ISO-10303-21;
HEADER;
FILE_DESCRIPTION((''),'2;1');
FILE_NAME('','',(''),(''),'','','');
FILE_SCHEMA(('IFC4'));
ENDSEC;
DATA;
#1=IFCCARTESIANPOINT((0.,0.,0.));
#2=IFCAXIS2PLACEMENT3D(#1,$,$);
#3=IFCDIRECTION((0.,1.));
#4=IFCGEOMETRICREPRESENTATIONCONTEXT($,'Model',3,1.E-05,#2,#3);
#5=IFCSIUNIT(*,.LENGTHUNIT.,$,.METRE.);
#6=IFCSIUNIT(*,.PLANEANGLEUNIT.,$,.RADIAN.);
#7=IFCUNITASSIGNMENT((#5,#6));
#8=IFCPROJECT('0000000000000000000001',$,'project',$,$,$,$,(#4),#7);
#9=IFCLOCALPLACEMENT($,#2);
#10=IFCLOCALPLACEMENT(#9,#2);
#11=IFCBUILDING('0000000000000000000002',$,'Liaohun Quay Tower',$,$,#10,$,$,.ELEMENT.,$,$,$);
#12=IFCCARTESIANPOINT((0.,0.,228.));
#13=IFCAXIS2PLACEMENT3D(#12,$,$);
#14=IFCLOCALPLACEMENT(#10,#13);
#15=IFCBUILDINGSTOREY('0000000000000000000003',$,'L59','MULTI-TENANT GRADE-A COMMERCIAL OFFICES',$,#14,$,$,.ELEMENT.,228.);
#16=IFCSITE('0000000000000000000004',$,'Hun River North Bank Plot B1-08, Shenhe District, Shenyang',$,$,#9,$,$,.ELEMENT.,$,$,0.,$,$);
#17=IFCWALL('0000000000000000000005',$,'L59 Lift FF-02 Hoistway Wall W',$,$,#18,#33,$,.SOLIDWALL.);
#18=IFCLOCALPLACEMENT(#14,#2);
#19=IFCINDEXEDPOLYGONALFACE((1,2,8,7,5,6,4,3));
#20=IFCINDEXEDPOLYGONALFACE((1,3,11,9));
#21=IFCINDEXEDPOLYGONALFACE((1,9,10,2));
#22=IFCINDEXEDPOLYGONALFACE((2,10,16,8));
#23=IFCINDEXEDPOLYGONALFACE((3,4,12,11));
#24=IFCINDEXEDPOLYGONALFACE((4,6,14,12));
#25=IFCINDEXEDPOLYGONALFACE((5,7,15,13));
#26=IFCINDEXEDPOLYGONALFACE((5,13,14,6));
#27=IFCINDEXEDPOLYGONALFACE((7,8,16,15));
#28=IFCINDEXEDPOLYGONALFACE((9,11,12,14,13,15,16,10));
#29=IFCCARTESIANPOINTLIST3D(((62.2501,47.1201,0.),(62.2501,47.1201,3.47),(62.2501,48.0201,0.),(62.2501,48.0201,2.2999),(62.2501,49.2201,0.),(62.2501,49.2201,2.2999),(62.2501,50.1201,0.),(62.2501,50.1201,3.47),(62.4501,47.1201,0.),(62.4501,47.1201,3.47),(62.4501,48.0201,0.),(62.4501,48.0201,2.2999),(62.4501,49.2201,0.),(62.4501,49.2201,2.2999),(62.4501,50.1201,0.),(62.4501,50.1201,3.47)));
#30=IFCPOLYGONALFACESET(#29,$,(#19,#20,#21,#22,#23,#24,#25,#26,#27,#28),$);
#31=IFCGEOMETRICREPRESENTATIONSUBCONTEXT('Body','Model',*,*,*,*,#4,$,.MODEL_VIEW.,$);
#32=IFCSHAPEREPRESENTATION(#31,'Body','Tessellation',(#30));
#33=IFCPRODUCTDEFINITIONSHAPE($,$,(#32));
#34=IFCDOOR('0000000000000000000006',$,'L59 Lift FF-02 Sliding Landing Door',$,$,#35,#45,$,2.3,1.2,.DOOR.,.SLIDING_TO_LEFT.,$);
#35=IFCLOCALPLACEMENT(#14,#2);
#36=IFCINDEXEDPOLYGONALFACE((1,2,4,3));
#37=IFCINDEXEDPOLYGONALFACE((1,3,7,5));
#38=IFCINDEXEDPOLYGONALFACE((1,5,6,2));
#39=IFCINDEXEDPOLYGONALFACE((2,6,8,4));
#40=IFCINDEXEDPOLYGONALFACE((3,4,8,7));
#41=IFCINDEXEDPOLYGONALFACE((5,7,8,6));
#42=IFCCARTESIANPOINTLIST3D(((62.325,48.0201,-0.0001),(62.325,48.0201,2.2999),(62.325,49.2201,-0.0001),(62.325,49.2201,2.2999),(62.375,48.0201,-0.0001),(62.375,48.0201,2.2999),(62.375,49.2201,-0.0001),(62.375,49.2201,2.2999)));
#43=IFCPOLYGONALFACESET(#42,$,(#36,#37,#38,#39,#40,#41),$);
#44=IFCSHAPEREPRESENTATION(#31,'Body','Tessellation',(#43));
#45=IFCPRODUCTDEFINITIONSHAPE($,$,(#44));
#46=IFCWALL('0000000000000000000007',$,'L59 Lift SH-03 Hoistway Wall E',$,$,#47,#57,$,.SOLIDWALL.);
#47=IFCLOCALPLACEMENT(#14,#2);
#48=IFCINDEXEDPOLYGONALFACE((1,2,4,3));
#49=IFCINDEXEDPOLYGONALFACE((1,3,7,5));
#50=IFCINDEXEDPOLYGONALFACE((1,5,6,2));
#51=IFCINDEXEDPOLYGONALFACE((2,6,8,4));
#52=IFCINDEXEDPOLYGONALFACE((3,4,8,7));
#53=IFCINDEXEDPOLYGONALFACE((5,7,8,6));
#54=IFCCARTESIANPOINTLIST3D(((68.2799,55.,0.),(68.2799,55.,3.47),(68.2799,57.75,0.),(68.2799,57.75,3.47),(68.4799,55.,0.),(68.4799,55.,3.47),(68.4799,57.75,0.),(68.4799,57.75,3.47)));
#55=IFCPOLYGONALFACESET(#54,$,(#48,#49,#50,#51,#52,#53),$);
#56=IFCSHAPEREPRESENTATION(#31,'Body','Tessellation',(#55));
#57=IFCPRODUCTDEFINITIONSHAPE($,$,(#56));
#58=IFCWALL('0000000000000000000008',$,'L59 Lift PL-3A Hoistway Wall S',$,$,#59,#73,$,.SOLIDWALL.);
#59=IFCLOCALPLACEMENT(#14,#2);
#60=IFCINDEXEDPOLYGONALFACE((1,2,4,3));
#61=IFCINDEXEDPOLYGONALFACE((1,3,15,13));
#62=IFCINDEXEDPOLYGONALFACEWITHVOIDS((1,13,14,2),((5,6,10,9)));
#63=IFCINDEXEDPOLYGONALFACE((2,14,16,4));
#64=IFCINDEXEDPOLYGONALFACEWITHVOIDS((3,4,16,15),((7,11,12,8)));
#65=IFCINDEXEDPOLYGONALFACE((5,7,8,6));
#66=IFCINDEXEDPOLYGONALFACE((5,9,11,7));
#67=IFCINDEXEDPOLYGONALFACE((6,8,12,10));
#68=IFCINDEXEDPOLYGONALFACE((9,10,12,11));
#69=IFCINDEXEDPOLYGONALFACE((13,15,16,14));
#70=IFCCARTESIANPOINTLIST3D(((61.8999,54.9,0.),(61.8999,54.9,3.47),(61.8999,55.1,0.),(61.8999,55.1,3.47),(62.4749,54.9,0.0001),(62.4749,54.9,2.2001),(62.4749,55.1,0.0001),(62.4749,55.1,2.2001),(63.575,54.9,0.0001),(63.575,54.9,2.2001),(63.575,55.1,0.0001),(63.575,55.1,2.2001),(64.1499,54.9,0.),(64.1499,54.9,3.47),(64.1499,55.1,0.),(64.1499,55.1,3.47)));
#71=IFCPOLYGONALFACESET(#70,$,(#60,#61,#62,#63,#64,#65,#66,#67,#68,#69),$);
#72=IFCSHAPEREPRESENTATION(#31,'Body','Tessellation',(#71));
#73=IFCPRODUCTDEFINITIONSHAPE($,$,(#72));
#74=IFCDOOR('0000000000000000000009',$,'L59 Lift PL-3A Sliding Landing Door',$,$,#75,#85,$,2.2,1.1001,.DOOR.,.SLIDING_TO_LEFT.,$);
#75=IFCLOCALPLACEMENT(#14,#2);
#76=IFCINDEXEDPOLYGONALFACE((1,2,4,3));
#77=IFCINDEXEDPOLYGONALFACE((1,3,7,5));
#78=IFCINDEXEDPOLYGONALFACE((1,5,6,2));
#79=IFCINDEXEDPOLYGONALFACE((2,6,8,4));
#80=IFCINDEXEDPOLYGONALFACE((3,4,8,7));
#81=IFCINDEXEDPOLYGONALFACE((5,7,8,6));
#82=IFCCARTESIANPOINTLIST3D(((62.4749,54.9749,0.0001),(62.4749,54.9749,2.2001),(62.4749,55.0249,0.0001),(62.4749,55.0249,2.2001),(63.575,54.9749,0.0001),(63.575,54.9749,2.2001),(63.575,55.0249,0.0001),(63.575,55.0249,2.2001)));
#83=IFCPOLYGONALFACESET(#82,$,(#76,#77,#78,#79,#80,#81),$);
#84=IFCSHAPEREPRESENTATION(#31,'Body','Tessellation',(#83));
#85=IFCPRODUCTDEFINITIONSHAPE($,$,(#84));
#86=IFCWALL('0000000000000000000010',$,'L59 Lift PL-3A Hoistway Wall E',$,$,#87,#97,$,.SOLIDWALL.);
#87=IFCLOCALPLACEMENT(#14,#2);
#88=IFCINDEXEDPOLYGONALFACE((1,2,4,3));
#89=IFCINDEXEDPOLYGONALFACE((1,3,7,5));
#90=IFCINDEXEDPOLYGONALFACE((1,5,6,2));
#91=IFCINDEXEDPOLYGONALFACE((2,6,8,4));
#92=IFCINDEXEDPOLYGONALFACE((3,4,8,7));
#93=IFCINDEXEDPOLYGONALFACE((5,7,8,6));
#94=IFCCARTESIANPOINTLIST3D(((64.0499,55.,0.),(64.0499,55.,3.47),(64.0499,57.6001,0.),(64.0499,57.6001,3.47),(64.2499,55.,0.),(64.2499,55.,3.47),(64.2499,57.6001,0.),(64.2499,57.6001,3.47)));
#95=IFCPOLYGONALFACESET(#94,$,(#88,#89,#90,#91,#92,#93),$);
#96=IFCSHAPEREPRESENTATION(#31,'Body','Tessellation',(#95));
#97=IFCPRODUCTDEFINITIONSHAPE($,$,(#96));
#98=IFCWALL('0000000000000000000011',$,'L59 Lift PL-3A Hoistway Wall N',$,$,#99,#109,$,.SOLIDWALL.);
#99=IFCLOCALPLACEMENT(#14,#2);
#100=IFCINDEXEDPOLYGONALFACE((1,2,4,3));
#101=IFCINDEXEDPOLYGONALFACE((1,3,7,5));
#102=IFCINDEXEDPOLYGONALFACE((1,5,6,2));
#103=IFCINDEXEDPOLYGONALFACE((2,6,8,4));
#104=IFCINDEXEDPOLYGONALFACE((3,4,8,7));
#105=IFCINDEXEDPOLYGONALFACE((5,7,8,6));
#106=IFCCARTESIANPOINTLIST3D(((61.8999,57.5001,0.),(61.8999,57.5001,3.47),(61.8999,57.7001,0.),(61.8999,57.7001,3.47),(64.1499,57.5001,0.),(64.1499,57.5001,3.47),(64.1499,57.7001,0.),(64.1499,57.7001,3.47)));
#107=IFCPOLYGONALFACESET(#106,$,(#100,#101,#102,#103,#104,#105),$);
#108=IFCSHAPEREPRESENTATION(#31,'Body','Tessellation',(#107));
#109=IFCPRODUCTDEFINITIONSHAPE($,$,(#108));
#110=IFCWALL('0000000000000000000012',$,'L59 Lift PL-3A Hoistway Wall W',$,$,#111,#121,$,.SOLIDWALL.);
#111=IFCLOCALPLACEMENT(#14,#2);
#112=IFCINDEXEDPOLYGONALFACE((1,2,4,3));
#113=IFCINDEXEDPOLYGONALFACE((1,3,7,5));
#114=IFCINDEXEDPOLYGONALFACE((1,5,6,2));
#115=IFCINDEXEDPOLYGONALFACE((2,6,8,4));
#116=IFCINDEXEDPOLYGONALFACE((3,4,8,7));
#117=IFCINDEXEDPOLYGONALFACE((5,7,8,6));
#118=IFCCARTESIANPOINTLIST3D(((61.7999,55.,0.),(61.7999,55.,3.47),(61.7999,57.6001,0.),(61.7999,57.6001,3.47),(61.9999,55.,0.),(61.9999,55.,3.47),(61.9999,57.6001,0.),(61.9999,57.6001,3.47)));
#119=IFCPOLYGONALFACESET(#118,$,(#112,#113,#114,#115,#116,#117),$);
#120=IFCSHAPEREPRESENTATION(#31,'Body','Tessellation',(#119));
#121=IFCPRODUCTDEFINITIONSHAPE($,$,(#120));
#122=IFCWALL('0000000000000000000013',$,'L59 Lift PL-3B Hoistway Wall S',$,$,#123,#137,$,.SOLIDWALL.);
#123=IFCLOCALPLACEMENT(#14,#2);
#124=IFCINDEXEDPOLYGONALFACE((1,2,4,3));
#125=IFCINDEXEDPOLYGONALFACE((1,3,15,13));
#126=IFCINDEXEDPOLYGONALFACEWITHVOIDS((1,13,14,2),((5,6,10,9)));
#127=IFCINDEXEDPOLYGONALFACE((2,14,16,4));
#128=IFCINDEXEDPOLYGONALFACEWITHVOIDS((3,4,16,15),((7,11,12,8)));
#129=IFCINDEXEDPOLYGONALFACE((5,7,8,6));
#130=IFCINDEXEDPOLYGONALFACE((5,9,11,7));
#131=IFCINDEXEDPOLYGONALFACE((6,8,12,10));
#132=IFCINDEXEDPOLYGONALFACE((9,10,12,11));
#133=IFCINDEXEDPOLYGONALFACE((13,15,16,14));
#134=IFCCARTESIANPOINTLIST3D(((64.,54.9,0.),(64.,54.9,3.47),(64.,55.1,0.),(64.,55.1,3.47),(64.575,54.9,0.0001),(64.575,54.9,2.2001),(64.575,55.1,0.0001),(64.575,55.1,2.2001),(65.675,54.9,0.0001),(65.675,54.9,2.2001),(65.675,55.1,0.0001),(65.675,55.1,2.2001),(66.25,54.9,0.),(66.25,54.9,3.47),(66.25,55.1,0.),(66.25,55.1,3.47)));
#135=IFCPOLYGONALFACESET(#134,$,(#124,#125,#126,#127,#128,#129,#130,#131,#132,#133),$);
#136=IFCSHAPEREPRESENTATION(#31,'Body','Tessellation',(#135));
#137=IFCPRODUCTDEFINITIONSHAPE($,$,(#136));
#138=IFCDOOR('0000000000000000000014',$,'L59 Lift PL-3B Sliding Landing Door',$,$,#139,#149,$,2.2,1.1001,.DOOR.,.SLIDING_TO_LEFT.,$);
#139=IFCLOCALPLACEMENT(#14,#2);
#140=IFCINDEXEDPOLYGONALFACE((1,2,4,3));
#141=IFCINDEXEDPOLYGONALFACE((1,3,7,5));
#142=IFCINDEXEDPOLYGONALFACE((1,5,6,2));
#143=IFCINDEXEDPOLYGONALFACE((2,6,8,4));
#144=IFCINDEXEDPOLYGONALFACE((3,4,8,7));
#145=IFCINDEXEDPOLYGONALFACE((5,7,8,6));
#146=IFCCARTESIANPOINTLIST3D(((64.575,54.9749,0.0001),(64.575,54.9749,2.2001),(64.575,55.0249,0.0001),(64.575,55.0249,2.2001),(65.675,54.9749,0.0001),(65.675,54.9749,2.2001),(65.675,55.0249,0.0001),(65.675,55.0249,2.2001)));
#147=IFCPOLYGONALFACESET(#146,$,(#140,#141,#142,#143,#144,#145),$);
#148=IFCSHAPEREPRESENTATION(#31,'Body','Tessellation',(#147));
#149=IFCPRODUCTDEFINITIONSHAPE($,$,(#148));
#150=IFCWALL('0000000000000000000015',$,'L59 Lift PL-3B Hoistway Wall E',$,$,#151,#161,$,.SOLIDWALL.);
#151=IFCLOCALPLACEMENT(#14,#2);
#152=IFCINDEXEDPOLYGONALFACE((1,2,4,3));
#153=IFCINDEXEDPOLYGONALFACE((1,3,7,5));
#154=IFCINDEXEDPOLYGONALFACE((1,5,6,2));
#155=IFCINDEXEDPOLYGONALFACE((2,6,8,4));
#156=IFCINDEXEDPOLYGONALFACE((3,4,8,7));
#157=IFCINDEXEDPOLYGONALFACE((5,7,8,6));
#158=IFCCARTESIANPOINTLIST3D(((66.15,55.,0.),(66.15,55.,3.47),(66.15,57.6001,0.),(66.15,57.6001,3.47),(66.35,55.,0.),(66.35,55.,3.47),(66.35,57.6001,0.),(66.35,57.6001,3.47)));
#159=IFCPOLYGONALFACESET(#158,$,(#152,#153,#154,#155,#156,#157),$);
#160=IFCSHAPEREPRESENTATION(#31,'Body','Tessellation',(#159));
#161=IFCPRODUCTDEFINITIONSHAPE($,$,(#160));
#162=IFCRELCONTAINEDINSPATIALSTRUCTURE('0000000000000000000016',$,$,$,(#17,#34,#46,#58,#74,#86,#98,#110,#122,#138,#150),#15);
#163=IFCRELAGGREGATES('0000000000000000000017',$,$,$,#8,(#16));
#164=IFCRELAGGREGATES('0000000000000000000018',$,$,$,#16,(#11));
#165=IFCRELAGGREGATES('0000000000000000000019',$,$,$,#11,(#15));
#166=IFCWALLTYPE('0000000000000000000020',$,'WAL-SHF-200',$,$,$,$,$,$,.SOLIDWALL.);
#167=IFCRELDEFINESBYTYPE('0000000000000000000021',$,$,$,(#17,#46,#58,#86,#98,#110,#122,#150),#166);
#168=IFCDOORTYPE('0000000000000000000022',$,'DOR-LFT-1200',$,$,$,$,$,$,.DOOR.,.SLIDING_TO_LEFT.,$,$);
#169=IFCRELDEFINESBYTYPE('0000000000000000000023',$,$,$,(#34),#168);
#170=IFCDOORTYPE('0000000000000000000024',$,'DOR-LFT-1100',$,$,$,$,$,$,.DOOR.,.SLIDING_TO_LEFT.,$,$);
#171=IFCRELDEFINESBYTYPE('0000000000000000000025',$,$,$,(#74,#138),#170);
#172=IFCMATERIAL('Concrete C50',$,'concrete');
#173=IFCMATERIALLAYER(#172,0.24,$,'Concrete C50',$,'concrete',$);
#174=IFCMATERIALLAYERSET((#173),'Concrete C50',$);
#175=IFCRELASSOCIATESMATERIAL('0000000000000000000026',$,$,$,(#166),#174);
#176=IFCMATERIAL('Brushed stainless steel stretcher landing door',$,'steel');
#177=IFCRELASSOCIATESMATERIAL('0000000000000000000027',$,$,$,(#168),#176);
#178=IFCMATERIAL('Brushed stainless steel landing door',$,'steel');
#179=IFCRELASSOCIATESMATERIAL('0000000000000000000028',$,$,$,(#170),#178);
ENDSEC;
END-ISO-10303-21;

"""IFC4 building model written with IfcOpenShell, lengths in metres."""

from ifc_helpers import new_model, si_unit, direction, frame, frame_2d, origin, place, context, subcontext, project, spatial, rectangle, extrude, source, transform, mapped, material, layer, layer_set, type_object, element, fill, save


model = new_model("IFC4")

# Units and contexts
model_context = context("Model", 3, precision=1e-05, world=origin(), true_north=direction((0.0, 1.0)))
body_context = subcontext(model_context, "Body", "Model", "MODEL_VIEW")
ifc_project = project(units=[si_unit("LENGTHUNIT", "METRE"), si_unit("PLANEANGLEUNIT", "RADIAN")], contexts=[model_context])

# Site, building, storey
site_placement = place(None, origin())
site = spatial("IfcSite", under=ifc_project, at=site_placement, Name="Hun River North Bank Plot B1-08, Shenhe District, Shenyang", CompositionType="ELEMENT", RefElevation=0.0)
building_placement = place(site_placement, origin())
building = spatial("IfcBuilding", under=site, at=building_placement, Name="Liaohun Quay Tower", CompositionType="ELEMENT")
storey_placement = place(building_placement, frame((0.0, 0.0, 228.0)))
storey = spatial("IfcBuildingStorey", under=building, at=storey_placement, Name="L59", Description="MULTI-TENANT GRADE-A COMMERCIAL OFFICES", CompositionType="ELEMENT", Elevation=228.0)

# Shared definitions
ifc_material_1 = material(Name="Concrete C50", Category="concrete")
ifc_layer_1 = layer(ifc_material_1, 0.24, Name="Concrete C50", Category="concrete")
ifc_layer_set_1 = layer_set([ifc_layer_1], Name="Concrete C50")
wall_type_1 = type_object("IfcWallType", Name="WAL-SHF-200", PredefinedType="SOLIDWALL", material=ifc_layer_set_1)

# Wall, opening, door
wall_1_placement = place(storey_placement, frame((62.3501, 50.1201, 0.0), z_axis=(0.0, 0.0, 1.0), x_axis=(0.0, -1.0, 0.0)))
wall_1 = element("IfcWall", 1, at=wall_1_placement, inside=storey, type_object=wall_type_1, Name="L59 Lift FF-02 Hoistway Wall W", PredefinedType="SOLIDWALL", context=body_context, shape_type="SweptSolid", body=[
    extrude(rectangle(XDim=3.0, YDim=0.2, at=frame_2d((1.5, 0.0))), origin(), (0.0, 0.0, 1.0), 3.47),
])
shared_shape_1 = source(origin(), body_context, "Body", "SweptSolid", [
    extrude(rectangle(XDim=1.2, YDim=2.3, at=frame_2d((0.6001, 1.1499))), frame((0.0, 0.1099, 0.0), z_axis=(0.0, -1.0, 0.0), x_axis=(1.0, 0.0, 0.0)), (0.0, 0.0, 1.0), 0.22),
])
opening_1_placement = place(wall_1_placement, frame((0.8999, 0.0, 0.0)))
opening_1 = element("IfcOpeningElement", 2, at=opening_1_placement, cuts=wall_1, PredefinedType="OPENING", context=body_context, shape_type="MappedRepresentation", body=[
    mapped(shared_shape_1, transform((0.0, 0.0, 0.0), x_axis=(1.0, 0.0, 0.0), y_axis=(0.0, 1.0, 0.0), z_axis=(0.0, 0.0, 1.0), scale=1.0)),
])
ifc_material_2 = material(Name="Brushed stainless steel stretcher landing door", Category="steel")
door_type_1 = type_object("IfcDoorType", Name="DOR-LFT-1200", OperationType="SLIDING_TO_LEFT", PredefinedType="DOOR", material=ifc_material_2)
shared_shape_2 = source(origin(), body_context, "Body", "SweptSolid", [
    extrude(rectangle(XDim=1.2, YDim=2.3, at=frame_2d((0.6001, 1.1499))), frame((0.0, 0.0249, 0.0), z_axis=(0.0, -1.0, 0.0), x_axis=(1.0, 0.0, 0.0)), (0.0, 0.0, 1.0), 0.05),
])
door_1_placement = place(opening_1_placement, origin())
door_1 = element("IfcDoor", 3, at=door_1_placement, inside=storey, type_object=door_type_1, Name="L59 Lift FF-02 Sliding Landing Door", OperationType="SLIDING_TO_LEFT", OverallHeight=2.3, OverallWidth=1.2, PredefinedType="DOOR", context=body_context, shape_type="MappedRepresentation", body=[
    mapped(shared_shape_2, transform((0.0, 0.0, 0.0), x_axis=(1.0, 0.0, 0.0), y_axis=(0.0, 1.0, 0.0), z_axis=(0.0, 0.0, 1.0), scale=1.0)),
])
fill(opening_1, door_1)

# Wall
wall_2_placement = place(storey_placement, frame((68.3799, 55.0, 0.0), z_axis=(0.0, 0.0, 1.0), x_axis=(0.0, 1.0, 0.0)))
element("IfcWall", 4, at=wall_2_placement, inside=storey, type_object=wall_type_1, Name="L59 Lift SH-03 Hoistway Wall E", PredefinedType="SOLIDWALL", context=body_context, shape_type="SweptSolid", body=[
    extrude(rectangle(XDim=2.75, YDim=0.2, at=frame_2d((1.375, 0.0))), origin(), (0.0, 0.0, 1.0), 3.47),
])

# Wall, opening, door
wall_3_placement = place(storey_placement, frame((61.8999, 55.0, 0.0), z_axis=(0.0, 0.0, 1.0), x_axis=(1.0, 0.0, 0.0)))
wall_3 = element("IfcWall", 5, at=wall_3_placement, inside=storey, type_object=wall_type_1, Name="L59 Lift PL-3A Hoistway Wall S", PredefinedType="SOLIDWALL", context=body_context, shape_type="SweptSolid", body=[
    extrude(rectangle(XDim=2.25, YDim=0.2, at=frame_2d((1.125, 0.0))), origin(), (0.0, 0.0, 1.0), 3.47),
])
shared_shape_3 = source(origin(), body_context, "Body", "SweptSolid", [
    extrude(rectangle(XDim=1.1001, YDim=2.2, at=frame_2d((0.55, 1.1001))), frame((0.0, 0.1099, 0.0), z_axis=(0.0, -1.0, 0.0), x_axis=(1.0, 0.0, 0.0)), (0.0, 0.0, 1.0), 0.22),
])
opening_2_placement = place(wall_3_placement, frame((0.575, 0.0, 0.0)))
opening_2 = element("IfcOpeningElement", 6, at=opening_2_placement, cuts=wall_3, PredefinedType="OPENING", context=body_context, shape_type="MappedRepresentation", body=[
    mapped(shared_shape_3, transform((0.0, 0.0, 0.0), x_axis=(1.0, 0.0, 0.0), y_axis=(0.0, 1.0, 0.0), z_axis=(0.0, 0.0, 1.0), scale=1.0)),
])
ifc_material_3 = material(Name="Brushed stainless steel landing door", Category="steel")
door_type_2 = type_object("IfcDoorType", Name="DOR-LFT-1100", OperationType="SLIDING_TO_LEFT", PredefinedType="DOOR", material=ifc_material_3)
shared_shape_4 = source(origin(), body_context, "Body", "SweptSolid", [
    extrude(rectangle(XDim=1.1001, YDim=2.2, at=frame_2d((0.55, 1.1001))), frame((0.0, 0.0249, 0.0), z_axis=(0.0, -1.0, 0.0), x_axis=(1.0, 0.0, 0.0)), (0.0, 0.0, 1.0), 0.05),
])
door_2_placement = place(opening_2_placement, origin())
door_2 = element("IfcDoor", 7, at=door_2_placement, inside=storey, type_object=door_type_2, Name="L59 Lift PL-3A Sliding Landing Door", OperationType="SLIDING_TO_LEFT", OverallHeight=2.2, OverallWidth=1.1001, PredefinedType="DOOR", context=body_context, shape_type="MappedRepresentation", body=[
    mapped(shared_shape_4, transform((0.0, 0.0, 0.0), x_axis=(1.0, 0.0, 0.0), y_axis=(0.0, 1.0, 0.0), z_axis=(0.0, 0.0, 1.0), scale=1.0)),
])
fill(opening_2, door_2)

# Walls
wall_4_placement = place(storey_placement, frame((64.1499, 55.0, 0.0), z_axis=(0.0, 0.0, 1.0), x_axis=(0.0, 1.0, 0.0)))
element("IfcWall", 8, at=wall_4_placement, inside=storey, type_object=wall_type_1, Name="L59 Lift PL-3A Hoistway Wall E", PredefinedType="SOLIDWALL", context=body_context, shape_type="SweptSolid", body=[
    extrude(rectangle(XDim=2.6001, YDim=0.2, at=frame_2d((1.3, 0.0))), origin(), (0.0, 0.0, 1.0), 3.47),
])
wall_5_placement = place(storey_placement, frame((64.1499, 57.6001, 0.0), z_axis=(0.0, 0.0, 1.0), x_axis=(-1.0, 0.0, 0.0)))
element("IfcWall", 9, at=wall_5_placement, inside=storey, type_object=wall_type_1, Name="L59 Lift PL-3A Hoistway Wall N", PredefinedType="SOLIDWALL", context=body_context, shape_type="SweptSolid", body=[
    extrude(rectangle(XDim=2.25, YDim=0.2, at=frame_2d((1.125, 0.0))), origin(), (0.0, 0.0, 1.0), 3.47),
])
wall_6_placement = place(storey_placement, frame((61.8999, 57.6001, 0.0), z_axis=(0.0, 0.0, 1.0), x_axis=(0.0, -1.0, 0.0)))
element("IfcWall", 10, at=wall_6_placement, inside=storey, type_object=wall_type_1, Name="L59 Lift PL-3A Hoistway Wall W", PredefinedType="SOLIDWALL", context=body_context, shape_type="SweptSolid", body=[
    extrude(rectangle(XDim=2.6001, YDim=0.2, at=frame_2d((1.3, 0.0))), origin(), (0.0, 0.0, 1.0), 3.47),
])

# Wall, opening, door
wall_7_placement = place(storey_placement, frame((64.0, 55.0, 0.0), z_axis=(0.0, 0.0, 1.0), x_axis=(1.0, 0.0, 0.0)))
wall_7 = element("IfcWall", 11, at=wall_7_placement, inside=storey, type_object=wall_type_1, Name="L59 Lift PL-3B Hoistway Wall S", PredefinedType="SOLIDWALL", context=body_context, shape_type="SweptSolid", body=[
    extrude(rectangle(XDim=2.25, YDim=0.2, at=frame_2d((1.125, 0.0))), origin(), (0.0, 0.0, 1.0), 3.47),
])
opening_3_placement = place(wall_7_placement, frame((0.575, 0.0, 0.0)))
opening_3 = element("IfcOpeningElement", 12, at=opening_3_placement, cuts=wall_7, PredefinedType="OPENING", context=body_context, shape_type="MappedRepresentation", body=[
    mapped(shared_shape_3, transform((0.0, 0.0, 0.0), x_axis=(1.0, 0.0, 0.0), y_axis=(0.0, 1.0, 0.0), z_axis=(0.0, 0.0, 1.0), scale=1.0)),
])
door_3_placement = place(opening_3_placement, origin())
door_3 = element("IfcDoor", 13, at=door_3_placement, inside=storey, type_object=door_type_2, Name="L59 Lift PL-3B Sliding Landing Door", OperationType="SLIDING_TO_LEFT", OverallHeight=2.2, OverallWidth=1.1001, PredefinedType="DOOR", context=body_context, shape_type="MappedRepresentation", body=[
    mapped(shared_shape_4, transform((0.0, 0.0, 0.0), x_axis=(1.0, 0.0, 0.0), y_axis=(0.0, 1.0, 0.0), z_axis=(0.0, 0.0, 1.0), scale=1.0)),
])
fill(opening_3, door_3)

# Wall
wall_8_placement = place(storey_placement, frame((66.25, 55.0, 0.0), z_axis=(0.0, 0.0, 1.0), x_axis=(0.0, 1.0, 0.0)))
element("IfcWall", 14, at=wall_8_placement, inside=storey, type_object=wall_type_1, Name="L59 Lift PL-3B Hoistway Wall E", PredefinedType="SOLIDWALL", context=body_context, shape_type="SweptSolid", body=[
    extrude(rectangle(XDim=2.6001, YDim=0.2, at=frame_2d((1.3, 0.0))), origin(), (0.0, 0.0, 1.0), 3.47),
])

save(model, "model.ifc")
